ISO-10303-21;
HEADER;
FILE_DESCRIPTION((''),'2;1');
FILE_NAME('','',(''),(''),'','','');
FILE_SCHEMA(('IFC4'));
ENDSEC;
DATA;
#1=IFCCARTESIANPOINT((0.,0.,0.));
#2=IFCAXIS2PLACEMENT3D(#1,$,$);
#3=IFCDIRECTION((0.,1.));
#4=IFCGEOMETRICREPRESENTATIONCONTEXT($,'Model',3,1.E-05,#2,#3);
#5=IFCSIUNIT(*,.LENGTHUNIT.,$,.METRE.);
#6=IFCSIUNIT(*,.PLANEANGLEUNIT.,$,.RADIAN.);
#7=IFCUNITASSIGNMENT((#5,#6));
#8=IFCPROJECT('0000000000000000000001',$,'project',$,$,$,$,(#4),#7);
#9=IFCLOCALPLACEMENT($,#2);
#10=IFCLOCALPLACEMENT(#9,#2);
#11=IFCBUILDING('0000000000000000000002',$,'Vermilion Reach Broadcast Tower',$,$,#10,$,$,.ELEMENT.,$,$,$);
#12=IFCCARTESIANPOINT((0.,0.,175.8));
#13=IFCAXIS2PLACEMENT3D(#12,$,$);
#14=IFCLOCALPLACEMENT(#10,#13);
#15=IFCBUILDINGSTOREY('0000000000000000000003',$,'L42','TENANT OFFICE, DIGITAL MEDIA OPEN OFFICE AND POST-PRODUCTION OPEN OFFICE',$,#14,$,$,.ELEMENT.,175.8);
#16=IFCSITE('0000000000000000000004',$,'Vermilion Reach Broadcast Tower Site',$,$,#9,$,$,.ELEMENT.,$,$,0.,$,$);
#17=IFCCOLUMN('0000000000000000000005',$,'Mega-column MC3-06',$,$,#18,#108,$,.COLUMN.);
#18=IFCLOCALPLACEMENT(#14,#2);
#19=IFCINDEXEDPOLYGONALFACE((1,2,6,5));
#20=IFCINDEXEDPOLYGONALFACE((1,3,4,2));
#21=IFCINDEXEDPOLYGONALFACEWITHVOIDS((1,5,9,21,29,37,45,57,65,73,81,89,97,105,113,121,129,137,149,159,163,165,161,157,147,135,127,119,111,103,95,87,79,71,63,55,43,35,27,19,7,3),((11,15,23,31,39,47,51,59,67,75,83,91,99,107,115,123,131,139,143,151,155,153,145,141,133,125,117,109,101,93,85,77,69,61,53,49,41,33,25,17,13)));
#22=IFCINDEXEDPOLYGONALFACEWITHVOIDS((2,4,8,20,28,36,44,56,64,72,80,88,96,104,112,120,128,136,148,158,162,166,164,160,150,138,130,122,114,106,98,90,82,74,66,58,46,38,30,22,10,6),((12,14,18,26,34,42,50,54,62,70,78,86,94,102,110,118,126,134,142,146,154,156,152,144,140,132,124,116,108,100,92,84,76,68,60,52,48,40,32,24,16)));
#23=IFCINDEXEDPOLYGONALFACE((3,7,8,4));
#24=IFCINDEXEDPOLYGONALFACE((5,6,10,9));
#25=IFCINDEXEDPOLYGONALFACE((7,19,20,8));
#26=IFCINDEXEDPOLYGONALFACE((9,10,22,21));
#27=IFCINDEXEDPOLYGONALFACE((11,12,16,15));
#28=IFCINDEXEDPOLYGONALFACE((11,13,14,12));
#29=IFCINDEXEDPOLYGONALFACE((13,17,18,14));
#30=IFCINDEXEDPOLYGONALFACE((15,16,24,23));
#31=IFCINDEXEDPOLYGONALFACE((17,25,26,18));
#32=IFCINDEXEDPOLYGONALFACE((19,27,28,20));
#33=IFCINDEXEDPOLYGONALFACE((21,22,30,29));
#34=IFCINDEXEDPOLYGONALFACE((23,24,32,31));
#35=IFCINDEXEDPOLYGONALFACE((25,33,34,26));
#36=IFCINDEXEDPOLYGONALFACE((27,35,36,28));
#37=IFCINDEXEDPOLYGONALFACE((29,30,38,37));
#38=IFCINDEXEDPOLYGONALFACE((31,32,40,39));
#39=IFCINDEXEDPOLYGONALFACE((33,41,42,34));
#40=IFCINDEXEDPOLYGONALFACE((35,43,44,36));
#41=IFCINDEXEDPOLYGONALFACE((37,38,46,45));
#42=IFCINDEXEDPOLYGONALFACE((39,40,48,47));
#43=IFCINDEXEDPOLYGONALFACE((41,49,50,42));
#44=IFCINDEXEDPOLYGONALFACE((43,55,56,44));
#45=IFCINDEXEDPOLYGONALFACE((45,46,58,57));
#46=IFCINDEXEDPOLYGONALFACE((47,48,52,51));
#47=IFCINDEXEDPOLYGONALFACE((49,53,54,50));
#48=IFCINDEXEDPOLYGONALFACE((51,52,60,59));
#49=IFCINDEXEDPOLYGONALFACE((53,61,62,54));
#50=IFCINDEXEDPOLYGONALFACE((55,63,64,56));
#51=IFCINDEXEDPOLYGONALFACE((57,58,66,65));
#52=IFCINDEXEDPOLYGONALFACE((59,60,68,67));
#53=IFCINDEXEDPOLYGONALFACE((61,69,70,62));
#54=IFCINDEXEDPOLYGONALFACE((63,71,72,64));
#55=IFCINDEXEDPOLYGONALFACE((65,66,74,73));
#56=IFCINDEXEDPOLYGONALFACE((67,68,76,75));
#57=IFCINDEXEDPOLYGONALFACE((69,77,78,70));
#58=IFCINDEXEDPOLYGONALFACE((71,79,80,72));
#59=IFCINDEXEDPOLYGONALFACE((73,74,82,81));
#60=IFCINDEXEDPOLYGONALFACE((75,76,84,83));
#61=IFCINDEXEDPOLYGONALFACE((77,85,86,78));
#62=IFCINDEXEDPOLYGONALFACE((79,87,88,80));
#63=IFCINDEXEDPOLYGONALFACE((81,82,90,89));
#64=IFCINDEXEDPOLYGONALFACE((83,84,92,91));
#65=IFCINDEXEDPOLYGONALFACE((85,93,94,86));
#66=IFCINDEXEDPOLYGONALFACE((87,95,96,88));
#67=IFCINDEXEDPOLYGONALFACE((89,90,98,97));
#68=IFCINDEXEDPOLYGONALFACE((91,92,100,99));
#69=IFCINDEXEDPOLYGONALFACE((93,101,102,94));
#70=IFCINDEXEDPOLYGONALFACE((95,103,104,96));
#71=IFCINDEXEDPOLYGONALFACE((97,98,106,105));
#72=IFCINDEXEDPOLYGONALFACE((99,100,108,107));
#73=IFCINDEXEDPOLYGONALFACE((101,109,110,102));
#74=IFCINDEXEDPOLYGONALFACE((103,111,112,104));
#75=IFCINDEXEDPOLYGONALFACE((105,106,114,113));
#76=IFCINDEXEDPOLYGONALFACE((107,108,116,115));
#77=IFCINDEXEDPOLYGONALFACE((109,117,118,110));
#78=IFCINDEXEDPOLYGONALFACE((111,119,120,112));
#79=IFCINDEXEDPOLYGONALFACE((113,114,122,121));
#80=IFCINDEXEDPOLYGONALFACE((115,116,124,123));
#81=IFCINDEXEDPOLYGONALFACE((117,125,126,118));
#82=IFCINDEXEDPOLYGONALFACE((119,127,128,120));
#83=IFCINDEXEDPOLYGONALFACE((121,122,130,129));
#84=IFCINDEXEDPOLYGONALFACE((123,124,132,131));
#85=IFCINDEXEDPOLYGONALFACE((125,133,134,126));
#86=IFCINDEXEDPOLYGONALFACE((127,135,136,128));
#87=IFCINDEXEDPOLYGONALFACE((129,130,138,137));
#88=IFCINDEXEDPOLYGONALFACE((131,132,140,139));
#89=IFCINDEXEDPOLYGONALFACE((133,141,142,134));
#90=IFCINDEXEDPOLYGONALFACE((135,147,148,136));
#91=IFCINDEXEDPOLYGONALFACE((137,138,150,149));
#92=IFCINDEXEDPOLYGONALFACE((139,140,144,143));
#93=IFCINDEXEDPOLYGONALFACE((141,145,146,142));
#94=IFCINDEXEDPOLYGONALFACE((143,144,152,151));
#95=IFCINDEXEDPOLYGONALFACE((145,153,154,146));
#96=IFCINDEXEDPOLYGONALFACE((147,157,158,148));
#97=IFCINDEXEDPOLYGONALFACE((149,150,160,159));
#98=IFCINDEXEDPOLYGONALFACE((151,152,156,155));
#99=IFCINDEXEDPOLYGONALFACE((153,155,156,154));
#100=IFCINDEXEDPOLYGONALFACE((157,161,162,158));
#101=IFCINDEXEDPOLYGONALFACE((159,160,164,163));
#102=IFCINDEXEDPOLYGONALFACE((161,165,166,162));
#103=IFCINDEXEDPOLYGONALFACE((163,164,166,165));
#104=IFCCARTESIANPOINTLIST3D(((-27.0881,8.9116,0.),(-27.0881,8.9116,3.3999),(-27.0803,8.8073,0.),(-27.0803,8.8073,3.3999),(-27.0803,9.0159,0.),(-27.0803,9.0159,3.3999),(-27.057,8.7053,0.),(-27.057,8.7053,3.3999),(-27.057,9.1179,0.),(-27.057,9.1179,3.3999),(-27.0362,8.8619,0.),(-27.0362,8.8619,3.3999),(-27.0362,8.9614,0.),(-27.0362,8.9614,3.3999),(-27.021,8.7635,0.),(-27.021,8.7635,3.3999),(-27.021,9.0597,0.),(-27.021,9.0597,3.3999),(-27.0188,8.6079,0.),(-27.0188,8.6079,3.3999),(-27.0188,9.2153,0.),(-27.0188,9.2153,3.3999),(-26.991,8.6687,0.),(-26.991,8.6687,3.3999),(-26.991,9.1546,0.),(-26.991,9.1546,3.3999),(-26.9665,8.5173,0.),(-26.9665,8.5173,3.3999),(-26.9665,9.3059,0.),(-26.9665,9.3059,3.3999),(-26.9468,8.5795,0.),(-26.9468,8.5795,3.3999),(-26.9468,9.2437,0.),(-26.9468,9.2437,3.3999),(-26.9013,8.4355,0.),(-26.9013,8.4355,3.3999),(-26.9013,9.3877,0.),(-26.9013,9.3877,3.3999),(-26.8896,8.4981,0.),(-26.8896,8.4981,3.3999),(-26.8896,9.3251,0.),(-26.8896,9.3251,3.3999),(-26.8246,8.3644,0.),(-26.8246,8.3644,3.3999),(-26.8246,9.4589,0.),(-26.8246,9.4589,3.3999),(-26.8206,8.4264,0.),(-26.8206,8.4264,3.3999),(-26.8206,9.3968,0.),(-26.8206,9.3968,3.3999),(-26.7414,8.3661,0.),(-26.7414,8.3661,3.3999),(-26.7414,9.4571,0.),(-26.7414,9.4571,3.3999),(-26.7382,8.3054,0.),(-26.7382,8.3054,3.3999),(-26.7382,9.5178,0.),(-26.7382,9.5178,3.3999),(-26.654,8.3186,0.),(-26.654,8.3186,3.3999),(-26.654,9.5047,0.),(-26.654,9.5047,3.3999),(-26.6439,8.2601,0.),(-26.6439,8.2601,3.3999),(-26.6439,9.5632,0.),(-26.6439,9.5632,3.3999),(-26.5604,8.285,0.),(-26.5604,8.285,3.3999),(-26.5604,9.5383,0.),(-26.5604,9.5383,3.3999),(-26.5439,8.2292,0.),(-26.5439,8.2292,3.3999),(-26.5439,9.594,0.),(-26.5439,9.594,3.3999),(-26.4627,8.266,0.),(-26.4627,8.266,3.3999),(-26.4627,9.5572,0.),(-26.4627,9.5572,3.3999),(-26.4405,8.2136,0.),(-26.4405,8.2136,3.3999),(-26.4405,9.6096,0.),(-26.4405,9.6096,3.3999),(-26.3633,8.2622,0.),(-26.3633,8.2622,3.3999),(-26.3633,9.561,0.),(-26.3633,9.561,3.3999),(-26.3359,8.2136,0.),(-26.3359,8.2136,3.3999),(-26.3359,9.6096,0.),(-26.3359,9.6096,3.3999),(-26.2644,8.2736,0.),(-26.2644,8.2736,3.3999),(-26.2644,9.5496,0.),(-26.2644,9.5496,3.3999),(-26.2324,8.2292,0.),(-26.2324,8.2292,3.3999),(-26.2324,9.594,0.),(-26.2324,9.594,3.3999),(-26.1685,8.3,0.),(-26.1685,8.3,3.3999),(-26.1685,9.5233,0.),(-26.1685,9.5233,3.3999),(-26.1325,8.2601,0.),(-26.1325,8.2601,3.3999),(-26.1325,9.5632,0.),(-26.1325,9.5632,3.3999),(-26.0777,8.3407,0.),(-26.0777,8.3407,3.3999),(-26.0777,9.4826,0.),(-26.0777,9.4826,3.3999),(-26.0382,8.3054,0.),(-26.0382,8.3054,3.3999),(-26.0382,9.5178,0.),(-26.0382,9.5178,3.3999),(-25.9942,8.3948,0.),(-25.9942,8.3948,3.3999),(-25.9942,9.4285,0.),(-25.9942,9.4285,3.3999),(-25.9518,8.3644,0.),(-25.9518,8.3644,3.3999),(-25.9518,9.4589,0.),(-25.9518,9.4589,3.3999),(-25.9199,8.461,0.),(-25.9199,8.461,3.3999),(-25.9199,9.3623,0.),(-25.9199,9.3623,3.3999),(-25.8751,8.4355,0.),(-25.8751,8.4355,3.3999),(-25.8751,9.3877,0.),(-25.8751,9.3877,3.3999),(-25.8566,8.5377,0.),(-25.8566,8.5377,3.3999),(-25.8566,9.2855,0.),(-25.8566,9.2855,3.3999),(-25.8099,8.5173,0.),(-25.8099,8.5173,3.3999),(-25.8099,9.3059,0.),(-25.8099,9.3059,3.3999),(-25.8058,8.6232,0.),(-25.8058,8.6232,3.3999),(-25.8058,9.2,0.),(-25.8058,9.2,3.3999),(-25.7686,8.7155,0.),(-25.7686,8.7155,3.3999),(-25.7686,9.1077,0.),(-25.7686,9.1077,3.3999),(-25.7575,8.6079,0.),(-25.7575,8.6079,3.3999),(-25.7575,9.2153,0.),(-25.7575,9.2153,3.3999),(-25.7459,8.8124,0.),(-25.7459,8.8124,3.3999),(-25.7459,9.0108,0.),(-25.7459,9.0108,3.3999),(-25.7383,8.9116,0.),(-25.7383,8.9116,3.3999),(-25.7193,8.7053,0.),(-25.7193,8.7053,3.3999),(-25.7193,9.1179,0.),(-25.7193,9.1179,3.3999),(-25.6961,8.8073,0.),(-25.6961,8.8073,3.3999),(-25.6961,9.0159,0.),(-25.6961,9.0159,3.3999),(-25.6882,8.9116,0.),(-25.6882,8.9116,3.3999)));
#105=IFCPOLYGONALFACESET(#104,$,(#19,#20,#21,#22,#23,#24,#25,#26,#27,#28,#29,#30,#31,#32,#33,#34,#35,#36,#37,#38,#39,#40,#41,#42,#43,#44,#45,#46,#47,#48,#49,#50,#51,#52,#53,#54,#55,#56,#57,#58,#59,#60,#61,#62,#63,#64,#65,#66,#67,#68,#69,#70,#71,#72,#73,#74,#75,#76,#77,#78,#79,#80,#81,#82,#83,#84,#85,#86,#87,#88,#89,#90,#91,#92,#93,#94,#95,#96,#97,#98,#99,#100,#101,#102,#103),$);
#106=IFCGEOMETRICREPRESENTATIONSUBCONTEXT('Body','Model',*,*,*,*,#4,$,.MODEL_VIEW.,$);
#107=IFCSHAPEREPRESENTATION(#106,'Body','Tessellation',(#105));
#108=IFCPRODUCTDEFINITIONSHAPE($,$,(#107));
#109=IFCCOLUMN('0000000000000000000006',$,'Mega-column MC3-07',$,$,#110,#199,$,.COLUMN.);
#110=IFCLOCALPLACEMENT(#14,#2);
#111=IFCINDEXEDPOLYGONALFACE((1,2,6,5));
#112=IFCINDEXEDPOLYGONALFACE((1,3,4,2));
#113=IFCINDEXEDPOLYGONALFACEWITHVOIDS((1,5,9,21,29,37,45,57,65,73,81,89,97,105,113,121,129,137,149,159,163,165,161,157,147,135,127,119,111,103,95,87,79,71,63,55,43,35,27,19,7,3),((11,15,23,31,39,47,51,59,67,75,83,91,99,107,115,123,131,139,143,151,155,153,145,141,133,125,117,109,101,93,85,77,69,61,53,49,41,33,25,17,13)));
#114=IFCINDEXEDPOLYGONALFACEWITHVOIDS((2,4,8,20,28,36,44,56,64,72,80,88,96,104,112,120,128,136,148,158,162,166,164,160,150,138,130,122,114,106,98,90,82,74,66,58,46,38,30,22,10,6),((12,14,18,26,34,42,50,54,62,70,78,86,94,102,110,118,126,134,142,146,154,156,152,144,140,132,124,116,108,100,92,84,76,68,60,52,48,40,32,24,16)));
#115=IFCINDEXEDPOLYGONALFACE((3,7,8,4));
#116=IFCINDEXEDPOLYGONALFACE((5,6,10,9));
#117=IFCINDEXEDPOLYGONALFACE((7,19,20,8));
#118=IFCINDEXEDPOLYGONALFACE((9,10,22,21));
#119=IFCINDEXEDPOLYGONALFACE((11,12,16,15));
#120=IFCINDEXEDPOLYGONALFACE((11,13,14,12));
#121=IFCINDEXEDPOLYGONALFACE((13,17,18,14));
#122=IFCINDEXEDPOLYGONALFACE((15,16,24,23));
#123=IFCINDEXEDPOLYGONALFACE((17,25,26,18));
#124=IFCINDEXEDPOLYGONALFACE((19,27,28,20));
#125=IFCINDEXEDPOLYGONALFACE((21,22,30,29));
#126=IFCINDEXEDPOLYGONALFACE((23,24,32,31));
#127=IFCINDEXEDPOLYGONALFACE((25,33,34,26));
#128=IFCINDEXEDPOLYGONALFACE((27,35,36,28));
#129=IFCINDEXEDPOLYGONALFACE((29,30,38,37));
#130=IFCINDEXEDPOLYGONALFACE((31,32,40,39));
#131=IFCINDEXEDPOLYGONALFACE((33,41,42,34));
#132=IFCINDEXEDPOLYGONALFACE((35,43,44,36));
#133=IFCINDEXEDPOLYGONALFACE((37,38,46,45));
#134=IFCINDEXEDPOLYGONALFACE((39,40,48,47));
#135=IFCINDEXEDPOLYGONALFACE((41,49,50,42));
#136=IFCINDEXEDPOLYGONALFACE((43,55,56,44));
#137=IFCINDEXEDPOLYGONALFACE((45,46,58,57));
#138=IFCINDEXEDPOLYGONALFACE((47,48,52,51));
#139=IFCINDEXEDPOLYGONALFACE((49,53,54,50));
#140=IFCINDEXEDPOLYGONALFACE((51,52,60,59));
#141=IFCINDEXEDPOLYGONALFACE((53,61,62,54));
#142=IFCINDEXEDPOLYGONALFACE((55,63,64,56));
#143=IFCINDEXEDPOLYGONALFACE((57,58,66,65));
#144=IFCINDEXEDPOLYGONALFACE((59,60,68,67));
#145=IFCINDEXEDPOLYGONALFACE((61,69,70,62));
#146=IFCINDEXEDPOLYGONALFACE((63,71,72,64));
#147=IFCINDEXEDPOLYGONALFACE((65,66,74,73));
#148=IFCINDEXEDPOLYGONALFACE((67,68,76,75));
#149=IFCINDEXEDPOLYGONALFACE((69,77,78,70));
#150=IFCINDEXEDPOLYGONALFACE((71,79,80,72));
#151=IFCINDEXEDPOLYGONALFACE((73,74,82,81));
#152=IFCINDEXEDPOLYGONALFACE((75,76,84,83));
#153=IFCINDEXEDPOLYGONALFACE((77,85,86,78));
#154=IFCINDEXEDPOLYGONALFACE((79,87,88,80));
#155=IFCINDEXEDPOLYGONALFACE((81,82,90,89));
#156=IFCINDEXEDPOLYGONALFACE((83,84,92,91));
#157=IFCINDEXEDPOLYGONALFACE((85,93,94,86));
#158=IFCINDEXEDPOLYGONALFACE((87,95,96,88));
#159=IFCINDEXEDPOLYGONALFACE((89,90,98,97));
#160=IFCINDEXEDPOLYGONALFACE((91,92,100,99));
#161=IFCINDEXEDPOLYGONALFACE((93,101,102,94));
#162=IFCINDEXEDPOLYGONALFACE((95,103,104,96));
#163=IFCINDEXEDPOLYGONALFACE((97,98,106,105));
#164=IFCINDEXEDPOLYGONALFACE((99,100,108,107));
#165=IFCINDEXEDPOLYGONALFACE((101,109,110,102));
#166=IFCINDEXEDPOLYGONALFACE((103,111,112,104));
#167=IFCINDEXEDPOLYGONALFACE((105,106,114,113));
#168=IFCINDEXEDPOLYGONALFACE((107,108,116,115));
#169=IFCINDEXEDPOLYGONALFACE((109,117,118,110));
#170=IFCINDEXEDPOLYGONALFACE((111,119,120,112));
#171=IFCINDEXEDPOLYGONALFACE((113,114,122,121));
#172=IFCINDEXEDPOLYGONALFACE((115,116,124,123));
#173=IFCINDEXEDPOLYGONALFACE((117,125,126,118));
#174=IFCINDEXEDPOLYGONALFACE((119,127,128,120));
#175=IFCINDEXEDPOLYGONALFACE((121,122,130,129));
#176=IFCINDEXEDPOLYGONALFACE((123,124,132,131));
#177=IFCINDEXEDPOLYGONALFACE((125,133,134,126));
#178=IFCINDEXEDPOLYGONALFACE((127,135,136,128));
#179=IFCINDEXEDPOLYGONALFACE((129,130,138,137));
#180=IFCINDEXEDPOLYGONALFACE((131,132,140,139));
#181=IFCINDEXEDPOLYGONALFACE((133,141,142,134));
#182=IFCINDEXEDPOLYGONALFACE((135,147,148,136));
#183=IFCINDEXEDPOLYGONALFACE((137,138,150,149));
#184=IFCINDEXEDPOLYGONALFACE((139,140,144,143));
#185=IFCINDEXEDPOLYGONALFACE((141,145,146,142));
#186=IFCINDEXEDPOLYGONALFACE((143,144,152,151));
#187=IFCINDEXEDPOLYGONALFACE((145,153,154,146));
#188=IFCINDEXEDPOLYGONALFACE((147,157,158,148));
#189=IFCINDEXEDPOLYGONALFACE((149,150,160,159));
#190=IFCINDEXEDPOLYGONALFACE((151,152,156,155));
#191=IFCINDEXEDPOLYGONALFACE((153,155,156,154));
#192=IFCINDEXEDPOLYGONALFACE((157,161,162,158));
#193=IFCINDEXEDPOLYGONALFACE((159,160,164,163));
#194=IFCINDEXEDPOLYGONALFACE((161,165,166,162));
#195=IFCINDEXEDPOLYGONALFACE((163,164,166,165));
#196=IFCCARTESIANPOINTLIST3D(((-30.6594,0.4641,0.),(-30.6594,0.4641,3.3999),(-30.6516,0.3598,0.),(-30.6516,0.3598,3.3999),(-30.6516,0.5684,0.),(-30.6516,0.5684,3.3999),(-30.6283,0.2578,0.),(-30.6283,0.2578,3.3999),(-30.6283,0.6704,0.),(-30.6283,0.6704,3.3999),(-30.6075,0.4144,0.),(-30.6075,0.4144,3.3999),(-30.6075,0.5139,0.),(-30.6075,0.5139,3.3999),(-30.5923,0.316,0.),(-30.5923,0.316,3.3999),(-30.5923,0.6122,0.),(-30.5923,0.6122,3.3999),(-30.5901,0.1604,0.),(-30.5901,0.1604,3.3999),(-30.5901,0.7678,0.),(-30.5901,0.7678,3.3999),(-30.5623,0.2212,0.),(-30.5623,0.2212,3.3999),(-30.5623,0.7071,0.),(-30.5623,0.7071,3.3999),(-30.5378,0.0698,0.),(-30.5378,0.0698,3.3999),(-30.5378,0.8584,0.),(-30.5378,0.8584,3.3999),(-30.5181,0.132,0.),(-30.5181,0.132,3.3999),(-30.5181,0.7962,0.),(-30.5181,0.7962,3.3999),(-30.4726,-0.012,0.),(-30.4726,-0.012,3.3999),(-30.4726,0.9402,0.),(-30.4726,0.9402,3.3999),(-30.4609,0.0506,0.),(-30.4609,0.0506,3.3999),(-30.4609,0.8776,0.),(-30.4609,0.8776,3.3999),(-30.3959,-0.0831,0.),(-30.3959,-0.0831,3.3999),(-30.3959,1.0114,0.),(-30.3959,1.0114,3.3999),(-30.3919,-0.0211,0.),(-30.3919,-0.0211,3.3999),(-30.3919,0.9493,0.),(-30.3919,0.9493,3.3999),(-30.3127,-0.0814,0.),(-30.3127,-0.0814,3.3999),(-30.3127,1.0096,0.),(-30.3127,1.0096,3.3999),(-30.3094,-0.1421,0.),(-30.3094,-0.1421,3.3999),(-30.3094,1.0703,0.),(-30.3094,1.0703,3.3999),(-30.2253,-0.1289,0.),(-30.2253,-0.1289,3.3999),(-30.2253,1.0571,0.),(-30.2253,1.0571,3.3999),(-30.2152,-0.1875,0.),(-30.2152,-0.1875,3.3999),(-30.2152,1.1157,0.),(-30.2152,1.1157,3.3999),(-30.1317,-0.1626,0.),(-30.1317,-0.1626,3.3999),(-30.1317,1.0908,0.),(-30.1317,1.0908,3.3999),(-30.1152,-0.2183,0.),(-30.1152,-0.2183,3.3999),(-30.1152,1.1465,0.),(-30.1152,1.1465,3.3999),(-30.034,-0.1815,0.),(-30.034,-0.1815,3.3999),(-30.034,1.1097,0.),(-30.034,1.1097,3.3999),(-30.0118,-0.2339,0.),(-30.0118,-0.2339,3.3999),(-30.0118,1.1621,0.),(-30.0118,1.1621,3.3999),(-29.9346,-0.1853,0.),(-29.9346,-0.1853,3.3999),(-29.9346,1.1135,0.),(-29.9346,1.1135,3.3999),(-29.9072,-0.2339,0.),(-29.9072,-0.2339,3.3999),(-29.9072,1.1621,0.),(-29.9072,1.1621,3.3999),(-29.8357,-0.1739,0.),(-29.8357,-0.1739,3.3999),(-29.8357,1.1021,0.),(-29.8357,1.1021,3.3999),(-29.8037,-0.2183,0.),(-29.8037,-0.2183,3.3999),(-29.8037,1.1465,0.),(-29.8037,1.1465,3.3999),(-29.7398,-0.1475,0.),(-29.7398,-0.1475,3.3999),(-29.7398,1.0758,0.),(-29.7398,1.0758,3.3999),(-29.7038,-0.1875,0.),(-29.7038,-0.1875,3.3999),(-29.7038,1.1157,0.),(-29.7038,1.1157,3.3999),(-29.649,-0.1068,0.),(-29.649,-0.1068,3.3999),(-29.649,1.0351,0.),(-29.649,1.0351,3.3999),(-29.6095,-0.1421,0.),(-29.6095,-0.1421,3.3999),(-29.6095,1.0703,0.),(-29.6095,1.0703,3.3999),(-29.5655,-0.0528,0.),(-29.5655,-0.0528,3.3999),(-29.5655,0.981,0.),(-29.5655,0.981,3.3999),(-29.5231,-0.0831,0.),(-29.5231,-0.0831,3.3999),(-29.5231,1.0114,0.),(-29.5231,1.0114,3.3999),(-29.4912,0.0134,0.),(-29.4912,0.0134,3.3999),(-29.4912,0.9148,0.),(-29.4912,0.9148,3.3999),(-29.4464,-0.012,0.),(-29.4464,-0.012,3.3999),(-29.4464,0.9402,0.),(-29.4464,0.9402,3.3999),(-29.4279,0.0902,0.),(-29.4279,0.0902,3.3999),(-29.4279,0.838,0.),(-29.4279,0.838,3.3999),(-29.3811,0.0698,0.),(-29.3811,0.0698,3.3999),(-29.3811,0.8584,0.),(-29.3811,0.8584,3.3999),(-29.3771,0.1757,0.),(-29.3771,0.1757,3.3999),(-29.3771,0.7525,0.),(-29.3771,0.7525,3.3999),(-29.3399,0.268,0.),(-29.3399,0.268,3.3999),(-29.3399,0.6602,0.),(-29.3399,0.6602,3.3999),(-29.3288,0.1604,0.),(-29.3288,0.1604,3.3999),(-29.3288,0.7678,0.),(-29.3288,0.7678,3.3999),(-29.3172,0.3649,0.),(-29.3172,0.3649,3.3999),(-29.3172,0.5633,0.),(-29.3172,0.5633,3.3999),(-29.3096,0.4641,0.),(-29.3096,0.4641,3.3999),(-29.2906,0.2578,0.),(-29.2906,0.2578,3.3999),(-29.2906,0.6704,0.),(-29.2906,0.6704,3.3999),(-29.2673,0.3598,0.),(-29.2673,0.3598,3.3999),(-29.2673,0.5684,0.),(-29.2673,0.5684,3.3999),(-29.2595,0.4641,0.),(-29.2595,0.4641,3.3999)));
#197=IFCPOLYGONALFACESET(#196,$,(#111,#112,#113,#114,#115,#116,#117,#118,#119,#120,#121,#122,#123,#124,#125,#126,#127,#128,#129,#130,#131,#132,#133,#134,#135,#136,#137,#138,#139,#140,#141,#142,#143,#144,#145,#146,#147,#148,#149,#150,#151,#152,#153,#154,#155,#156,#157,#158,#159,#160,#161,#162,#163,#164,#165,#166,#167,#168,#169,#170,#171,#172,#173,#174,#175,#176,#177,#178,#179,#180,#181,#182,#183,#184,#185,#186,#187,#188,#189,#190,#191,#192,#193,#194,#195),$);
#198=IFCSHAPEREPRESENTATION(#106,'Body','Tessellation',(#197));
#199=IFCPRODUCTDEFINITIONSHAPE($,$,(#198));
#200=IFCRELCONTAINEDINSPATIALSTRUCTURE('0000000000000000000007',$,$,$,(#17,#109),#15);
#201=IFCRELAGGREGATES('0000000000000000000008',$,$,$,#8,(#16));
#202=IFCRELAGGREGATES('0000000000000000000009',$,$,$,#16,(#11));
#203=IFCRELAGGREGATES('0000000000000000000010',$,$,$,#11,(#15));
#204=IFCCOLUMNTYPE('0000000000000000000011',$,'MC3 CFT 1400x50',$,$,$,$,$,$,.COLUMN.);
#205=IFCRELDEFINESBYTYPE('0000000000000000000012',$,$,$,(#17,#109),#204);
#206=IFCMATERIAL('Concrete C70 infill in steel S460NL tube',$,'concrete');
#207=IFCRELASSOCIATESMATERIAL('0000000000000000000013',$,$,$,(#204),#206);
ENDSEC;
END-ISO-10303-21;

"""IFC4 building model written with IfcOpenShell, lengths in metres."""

from ifc_helpers import new_model, si_unit, direction, frame, origin, origin_2d, place, context, subcontext, project, spatial, hollow_circle, extrude, material, material_profile, profile_set, type_object, element, save


model = new_model("IFC4")

# Units and contexts
model_context = context("Model", 3, precision=1e-05, world=origin(), true_north=direction((0.0, 1.0)))
body_context = subcontext(model_context, "Body", "Model", "MODEL_VIEW")
ifc_project = project(units=[si_unit("LENGTHUNIT", "METRE"), si_unit("PLANEANGLEUNIT", "RADIAN")], contexts=[model_context])

# Site, building, storey
site_placement = place(None, origin())
site = spatial("IfcSite", under=ifc_project, at=site_placement, Name="Vermilion Reach Broadcast Tower Site", CompositionType="ELEMENT", RefElevation=0.0)
building_placement = place(site_placement, origin())
building = spatial("IfcBuilding", under=site, at=building_placement, Name="Vermilion Reach Broadcast Tower", CompositionType="ELEMENT")
storey_placement = place(building_placement, frame((0.0, 0.0, 175.8)))
storey = spatial("IfcBuildingStorey", under=building, at=storey_placement, Name="L42", Description="TENANT OFFICE, DIGITAL MEDIA OPEN OFFICE AND POST-PRODUCTION OPEN OFFICE", CompositionType="ELEMENT", Elevation=175.8)

# Columns
ifc_material_1 = material(Name="Concrete C70 infill in steel S460NL tube", Category="concrete")
ifc_material_profile_1 = material_profile(ifc_material_1, hollow_circle(Radius=0.7, WallThickness=0.05, at=origin_2d()), Name="Concrete C70 infill in steel S460NL tube CFT 1400x50")
ifc_profile_set_1 = profile_set([ifc_material_profile_1], Name="Concrete C70 infill in steel S460NL tube")
column_type = type_object("IfcColumnType", Name="MC3 CFT 1400x50", PredefinedType="COLUMN", material=ifc_profile_set_1)
for number, where, z_axis, x_axis, name in (
    (1, (-26.3882, 8.9116, 0.0), (0.0, 0.0, 1.0), (1.0, 0.0, 0.0), "Mega-column MC3-06"),
    (2, (-29.9595, 0.4641, 0.0), (0.0, 0.0, 1.0), (1.0, 0.0, 0.0), "Mega-column MC3-07"),
):
    element("IfcColumn", number, at=place(storey_placement, frame(where, z_axis=z_axis, x_axis=x_axis)), inside=storey, type_object=column_type, Name=name, PredefinedType="COLUMN", context=body_context, shape_type="SweptSolid", body=[
        extrude(hollow_circle(Radius=0.7, WallThickness=0.05, at=origin_2d()), origin(), (0.0, 0.0, 1.0), 3.3999),
    ])

save(model, "model.ifc")
